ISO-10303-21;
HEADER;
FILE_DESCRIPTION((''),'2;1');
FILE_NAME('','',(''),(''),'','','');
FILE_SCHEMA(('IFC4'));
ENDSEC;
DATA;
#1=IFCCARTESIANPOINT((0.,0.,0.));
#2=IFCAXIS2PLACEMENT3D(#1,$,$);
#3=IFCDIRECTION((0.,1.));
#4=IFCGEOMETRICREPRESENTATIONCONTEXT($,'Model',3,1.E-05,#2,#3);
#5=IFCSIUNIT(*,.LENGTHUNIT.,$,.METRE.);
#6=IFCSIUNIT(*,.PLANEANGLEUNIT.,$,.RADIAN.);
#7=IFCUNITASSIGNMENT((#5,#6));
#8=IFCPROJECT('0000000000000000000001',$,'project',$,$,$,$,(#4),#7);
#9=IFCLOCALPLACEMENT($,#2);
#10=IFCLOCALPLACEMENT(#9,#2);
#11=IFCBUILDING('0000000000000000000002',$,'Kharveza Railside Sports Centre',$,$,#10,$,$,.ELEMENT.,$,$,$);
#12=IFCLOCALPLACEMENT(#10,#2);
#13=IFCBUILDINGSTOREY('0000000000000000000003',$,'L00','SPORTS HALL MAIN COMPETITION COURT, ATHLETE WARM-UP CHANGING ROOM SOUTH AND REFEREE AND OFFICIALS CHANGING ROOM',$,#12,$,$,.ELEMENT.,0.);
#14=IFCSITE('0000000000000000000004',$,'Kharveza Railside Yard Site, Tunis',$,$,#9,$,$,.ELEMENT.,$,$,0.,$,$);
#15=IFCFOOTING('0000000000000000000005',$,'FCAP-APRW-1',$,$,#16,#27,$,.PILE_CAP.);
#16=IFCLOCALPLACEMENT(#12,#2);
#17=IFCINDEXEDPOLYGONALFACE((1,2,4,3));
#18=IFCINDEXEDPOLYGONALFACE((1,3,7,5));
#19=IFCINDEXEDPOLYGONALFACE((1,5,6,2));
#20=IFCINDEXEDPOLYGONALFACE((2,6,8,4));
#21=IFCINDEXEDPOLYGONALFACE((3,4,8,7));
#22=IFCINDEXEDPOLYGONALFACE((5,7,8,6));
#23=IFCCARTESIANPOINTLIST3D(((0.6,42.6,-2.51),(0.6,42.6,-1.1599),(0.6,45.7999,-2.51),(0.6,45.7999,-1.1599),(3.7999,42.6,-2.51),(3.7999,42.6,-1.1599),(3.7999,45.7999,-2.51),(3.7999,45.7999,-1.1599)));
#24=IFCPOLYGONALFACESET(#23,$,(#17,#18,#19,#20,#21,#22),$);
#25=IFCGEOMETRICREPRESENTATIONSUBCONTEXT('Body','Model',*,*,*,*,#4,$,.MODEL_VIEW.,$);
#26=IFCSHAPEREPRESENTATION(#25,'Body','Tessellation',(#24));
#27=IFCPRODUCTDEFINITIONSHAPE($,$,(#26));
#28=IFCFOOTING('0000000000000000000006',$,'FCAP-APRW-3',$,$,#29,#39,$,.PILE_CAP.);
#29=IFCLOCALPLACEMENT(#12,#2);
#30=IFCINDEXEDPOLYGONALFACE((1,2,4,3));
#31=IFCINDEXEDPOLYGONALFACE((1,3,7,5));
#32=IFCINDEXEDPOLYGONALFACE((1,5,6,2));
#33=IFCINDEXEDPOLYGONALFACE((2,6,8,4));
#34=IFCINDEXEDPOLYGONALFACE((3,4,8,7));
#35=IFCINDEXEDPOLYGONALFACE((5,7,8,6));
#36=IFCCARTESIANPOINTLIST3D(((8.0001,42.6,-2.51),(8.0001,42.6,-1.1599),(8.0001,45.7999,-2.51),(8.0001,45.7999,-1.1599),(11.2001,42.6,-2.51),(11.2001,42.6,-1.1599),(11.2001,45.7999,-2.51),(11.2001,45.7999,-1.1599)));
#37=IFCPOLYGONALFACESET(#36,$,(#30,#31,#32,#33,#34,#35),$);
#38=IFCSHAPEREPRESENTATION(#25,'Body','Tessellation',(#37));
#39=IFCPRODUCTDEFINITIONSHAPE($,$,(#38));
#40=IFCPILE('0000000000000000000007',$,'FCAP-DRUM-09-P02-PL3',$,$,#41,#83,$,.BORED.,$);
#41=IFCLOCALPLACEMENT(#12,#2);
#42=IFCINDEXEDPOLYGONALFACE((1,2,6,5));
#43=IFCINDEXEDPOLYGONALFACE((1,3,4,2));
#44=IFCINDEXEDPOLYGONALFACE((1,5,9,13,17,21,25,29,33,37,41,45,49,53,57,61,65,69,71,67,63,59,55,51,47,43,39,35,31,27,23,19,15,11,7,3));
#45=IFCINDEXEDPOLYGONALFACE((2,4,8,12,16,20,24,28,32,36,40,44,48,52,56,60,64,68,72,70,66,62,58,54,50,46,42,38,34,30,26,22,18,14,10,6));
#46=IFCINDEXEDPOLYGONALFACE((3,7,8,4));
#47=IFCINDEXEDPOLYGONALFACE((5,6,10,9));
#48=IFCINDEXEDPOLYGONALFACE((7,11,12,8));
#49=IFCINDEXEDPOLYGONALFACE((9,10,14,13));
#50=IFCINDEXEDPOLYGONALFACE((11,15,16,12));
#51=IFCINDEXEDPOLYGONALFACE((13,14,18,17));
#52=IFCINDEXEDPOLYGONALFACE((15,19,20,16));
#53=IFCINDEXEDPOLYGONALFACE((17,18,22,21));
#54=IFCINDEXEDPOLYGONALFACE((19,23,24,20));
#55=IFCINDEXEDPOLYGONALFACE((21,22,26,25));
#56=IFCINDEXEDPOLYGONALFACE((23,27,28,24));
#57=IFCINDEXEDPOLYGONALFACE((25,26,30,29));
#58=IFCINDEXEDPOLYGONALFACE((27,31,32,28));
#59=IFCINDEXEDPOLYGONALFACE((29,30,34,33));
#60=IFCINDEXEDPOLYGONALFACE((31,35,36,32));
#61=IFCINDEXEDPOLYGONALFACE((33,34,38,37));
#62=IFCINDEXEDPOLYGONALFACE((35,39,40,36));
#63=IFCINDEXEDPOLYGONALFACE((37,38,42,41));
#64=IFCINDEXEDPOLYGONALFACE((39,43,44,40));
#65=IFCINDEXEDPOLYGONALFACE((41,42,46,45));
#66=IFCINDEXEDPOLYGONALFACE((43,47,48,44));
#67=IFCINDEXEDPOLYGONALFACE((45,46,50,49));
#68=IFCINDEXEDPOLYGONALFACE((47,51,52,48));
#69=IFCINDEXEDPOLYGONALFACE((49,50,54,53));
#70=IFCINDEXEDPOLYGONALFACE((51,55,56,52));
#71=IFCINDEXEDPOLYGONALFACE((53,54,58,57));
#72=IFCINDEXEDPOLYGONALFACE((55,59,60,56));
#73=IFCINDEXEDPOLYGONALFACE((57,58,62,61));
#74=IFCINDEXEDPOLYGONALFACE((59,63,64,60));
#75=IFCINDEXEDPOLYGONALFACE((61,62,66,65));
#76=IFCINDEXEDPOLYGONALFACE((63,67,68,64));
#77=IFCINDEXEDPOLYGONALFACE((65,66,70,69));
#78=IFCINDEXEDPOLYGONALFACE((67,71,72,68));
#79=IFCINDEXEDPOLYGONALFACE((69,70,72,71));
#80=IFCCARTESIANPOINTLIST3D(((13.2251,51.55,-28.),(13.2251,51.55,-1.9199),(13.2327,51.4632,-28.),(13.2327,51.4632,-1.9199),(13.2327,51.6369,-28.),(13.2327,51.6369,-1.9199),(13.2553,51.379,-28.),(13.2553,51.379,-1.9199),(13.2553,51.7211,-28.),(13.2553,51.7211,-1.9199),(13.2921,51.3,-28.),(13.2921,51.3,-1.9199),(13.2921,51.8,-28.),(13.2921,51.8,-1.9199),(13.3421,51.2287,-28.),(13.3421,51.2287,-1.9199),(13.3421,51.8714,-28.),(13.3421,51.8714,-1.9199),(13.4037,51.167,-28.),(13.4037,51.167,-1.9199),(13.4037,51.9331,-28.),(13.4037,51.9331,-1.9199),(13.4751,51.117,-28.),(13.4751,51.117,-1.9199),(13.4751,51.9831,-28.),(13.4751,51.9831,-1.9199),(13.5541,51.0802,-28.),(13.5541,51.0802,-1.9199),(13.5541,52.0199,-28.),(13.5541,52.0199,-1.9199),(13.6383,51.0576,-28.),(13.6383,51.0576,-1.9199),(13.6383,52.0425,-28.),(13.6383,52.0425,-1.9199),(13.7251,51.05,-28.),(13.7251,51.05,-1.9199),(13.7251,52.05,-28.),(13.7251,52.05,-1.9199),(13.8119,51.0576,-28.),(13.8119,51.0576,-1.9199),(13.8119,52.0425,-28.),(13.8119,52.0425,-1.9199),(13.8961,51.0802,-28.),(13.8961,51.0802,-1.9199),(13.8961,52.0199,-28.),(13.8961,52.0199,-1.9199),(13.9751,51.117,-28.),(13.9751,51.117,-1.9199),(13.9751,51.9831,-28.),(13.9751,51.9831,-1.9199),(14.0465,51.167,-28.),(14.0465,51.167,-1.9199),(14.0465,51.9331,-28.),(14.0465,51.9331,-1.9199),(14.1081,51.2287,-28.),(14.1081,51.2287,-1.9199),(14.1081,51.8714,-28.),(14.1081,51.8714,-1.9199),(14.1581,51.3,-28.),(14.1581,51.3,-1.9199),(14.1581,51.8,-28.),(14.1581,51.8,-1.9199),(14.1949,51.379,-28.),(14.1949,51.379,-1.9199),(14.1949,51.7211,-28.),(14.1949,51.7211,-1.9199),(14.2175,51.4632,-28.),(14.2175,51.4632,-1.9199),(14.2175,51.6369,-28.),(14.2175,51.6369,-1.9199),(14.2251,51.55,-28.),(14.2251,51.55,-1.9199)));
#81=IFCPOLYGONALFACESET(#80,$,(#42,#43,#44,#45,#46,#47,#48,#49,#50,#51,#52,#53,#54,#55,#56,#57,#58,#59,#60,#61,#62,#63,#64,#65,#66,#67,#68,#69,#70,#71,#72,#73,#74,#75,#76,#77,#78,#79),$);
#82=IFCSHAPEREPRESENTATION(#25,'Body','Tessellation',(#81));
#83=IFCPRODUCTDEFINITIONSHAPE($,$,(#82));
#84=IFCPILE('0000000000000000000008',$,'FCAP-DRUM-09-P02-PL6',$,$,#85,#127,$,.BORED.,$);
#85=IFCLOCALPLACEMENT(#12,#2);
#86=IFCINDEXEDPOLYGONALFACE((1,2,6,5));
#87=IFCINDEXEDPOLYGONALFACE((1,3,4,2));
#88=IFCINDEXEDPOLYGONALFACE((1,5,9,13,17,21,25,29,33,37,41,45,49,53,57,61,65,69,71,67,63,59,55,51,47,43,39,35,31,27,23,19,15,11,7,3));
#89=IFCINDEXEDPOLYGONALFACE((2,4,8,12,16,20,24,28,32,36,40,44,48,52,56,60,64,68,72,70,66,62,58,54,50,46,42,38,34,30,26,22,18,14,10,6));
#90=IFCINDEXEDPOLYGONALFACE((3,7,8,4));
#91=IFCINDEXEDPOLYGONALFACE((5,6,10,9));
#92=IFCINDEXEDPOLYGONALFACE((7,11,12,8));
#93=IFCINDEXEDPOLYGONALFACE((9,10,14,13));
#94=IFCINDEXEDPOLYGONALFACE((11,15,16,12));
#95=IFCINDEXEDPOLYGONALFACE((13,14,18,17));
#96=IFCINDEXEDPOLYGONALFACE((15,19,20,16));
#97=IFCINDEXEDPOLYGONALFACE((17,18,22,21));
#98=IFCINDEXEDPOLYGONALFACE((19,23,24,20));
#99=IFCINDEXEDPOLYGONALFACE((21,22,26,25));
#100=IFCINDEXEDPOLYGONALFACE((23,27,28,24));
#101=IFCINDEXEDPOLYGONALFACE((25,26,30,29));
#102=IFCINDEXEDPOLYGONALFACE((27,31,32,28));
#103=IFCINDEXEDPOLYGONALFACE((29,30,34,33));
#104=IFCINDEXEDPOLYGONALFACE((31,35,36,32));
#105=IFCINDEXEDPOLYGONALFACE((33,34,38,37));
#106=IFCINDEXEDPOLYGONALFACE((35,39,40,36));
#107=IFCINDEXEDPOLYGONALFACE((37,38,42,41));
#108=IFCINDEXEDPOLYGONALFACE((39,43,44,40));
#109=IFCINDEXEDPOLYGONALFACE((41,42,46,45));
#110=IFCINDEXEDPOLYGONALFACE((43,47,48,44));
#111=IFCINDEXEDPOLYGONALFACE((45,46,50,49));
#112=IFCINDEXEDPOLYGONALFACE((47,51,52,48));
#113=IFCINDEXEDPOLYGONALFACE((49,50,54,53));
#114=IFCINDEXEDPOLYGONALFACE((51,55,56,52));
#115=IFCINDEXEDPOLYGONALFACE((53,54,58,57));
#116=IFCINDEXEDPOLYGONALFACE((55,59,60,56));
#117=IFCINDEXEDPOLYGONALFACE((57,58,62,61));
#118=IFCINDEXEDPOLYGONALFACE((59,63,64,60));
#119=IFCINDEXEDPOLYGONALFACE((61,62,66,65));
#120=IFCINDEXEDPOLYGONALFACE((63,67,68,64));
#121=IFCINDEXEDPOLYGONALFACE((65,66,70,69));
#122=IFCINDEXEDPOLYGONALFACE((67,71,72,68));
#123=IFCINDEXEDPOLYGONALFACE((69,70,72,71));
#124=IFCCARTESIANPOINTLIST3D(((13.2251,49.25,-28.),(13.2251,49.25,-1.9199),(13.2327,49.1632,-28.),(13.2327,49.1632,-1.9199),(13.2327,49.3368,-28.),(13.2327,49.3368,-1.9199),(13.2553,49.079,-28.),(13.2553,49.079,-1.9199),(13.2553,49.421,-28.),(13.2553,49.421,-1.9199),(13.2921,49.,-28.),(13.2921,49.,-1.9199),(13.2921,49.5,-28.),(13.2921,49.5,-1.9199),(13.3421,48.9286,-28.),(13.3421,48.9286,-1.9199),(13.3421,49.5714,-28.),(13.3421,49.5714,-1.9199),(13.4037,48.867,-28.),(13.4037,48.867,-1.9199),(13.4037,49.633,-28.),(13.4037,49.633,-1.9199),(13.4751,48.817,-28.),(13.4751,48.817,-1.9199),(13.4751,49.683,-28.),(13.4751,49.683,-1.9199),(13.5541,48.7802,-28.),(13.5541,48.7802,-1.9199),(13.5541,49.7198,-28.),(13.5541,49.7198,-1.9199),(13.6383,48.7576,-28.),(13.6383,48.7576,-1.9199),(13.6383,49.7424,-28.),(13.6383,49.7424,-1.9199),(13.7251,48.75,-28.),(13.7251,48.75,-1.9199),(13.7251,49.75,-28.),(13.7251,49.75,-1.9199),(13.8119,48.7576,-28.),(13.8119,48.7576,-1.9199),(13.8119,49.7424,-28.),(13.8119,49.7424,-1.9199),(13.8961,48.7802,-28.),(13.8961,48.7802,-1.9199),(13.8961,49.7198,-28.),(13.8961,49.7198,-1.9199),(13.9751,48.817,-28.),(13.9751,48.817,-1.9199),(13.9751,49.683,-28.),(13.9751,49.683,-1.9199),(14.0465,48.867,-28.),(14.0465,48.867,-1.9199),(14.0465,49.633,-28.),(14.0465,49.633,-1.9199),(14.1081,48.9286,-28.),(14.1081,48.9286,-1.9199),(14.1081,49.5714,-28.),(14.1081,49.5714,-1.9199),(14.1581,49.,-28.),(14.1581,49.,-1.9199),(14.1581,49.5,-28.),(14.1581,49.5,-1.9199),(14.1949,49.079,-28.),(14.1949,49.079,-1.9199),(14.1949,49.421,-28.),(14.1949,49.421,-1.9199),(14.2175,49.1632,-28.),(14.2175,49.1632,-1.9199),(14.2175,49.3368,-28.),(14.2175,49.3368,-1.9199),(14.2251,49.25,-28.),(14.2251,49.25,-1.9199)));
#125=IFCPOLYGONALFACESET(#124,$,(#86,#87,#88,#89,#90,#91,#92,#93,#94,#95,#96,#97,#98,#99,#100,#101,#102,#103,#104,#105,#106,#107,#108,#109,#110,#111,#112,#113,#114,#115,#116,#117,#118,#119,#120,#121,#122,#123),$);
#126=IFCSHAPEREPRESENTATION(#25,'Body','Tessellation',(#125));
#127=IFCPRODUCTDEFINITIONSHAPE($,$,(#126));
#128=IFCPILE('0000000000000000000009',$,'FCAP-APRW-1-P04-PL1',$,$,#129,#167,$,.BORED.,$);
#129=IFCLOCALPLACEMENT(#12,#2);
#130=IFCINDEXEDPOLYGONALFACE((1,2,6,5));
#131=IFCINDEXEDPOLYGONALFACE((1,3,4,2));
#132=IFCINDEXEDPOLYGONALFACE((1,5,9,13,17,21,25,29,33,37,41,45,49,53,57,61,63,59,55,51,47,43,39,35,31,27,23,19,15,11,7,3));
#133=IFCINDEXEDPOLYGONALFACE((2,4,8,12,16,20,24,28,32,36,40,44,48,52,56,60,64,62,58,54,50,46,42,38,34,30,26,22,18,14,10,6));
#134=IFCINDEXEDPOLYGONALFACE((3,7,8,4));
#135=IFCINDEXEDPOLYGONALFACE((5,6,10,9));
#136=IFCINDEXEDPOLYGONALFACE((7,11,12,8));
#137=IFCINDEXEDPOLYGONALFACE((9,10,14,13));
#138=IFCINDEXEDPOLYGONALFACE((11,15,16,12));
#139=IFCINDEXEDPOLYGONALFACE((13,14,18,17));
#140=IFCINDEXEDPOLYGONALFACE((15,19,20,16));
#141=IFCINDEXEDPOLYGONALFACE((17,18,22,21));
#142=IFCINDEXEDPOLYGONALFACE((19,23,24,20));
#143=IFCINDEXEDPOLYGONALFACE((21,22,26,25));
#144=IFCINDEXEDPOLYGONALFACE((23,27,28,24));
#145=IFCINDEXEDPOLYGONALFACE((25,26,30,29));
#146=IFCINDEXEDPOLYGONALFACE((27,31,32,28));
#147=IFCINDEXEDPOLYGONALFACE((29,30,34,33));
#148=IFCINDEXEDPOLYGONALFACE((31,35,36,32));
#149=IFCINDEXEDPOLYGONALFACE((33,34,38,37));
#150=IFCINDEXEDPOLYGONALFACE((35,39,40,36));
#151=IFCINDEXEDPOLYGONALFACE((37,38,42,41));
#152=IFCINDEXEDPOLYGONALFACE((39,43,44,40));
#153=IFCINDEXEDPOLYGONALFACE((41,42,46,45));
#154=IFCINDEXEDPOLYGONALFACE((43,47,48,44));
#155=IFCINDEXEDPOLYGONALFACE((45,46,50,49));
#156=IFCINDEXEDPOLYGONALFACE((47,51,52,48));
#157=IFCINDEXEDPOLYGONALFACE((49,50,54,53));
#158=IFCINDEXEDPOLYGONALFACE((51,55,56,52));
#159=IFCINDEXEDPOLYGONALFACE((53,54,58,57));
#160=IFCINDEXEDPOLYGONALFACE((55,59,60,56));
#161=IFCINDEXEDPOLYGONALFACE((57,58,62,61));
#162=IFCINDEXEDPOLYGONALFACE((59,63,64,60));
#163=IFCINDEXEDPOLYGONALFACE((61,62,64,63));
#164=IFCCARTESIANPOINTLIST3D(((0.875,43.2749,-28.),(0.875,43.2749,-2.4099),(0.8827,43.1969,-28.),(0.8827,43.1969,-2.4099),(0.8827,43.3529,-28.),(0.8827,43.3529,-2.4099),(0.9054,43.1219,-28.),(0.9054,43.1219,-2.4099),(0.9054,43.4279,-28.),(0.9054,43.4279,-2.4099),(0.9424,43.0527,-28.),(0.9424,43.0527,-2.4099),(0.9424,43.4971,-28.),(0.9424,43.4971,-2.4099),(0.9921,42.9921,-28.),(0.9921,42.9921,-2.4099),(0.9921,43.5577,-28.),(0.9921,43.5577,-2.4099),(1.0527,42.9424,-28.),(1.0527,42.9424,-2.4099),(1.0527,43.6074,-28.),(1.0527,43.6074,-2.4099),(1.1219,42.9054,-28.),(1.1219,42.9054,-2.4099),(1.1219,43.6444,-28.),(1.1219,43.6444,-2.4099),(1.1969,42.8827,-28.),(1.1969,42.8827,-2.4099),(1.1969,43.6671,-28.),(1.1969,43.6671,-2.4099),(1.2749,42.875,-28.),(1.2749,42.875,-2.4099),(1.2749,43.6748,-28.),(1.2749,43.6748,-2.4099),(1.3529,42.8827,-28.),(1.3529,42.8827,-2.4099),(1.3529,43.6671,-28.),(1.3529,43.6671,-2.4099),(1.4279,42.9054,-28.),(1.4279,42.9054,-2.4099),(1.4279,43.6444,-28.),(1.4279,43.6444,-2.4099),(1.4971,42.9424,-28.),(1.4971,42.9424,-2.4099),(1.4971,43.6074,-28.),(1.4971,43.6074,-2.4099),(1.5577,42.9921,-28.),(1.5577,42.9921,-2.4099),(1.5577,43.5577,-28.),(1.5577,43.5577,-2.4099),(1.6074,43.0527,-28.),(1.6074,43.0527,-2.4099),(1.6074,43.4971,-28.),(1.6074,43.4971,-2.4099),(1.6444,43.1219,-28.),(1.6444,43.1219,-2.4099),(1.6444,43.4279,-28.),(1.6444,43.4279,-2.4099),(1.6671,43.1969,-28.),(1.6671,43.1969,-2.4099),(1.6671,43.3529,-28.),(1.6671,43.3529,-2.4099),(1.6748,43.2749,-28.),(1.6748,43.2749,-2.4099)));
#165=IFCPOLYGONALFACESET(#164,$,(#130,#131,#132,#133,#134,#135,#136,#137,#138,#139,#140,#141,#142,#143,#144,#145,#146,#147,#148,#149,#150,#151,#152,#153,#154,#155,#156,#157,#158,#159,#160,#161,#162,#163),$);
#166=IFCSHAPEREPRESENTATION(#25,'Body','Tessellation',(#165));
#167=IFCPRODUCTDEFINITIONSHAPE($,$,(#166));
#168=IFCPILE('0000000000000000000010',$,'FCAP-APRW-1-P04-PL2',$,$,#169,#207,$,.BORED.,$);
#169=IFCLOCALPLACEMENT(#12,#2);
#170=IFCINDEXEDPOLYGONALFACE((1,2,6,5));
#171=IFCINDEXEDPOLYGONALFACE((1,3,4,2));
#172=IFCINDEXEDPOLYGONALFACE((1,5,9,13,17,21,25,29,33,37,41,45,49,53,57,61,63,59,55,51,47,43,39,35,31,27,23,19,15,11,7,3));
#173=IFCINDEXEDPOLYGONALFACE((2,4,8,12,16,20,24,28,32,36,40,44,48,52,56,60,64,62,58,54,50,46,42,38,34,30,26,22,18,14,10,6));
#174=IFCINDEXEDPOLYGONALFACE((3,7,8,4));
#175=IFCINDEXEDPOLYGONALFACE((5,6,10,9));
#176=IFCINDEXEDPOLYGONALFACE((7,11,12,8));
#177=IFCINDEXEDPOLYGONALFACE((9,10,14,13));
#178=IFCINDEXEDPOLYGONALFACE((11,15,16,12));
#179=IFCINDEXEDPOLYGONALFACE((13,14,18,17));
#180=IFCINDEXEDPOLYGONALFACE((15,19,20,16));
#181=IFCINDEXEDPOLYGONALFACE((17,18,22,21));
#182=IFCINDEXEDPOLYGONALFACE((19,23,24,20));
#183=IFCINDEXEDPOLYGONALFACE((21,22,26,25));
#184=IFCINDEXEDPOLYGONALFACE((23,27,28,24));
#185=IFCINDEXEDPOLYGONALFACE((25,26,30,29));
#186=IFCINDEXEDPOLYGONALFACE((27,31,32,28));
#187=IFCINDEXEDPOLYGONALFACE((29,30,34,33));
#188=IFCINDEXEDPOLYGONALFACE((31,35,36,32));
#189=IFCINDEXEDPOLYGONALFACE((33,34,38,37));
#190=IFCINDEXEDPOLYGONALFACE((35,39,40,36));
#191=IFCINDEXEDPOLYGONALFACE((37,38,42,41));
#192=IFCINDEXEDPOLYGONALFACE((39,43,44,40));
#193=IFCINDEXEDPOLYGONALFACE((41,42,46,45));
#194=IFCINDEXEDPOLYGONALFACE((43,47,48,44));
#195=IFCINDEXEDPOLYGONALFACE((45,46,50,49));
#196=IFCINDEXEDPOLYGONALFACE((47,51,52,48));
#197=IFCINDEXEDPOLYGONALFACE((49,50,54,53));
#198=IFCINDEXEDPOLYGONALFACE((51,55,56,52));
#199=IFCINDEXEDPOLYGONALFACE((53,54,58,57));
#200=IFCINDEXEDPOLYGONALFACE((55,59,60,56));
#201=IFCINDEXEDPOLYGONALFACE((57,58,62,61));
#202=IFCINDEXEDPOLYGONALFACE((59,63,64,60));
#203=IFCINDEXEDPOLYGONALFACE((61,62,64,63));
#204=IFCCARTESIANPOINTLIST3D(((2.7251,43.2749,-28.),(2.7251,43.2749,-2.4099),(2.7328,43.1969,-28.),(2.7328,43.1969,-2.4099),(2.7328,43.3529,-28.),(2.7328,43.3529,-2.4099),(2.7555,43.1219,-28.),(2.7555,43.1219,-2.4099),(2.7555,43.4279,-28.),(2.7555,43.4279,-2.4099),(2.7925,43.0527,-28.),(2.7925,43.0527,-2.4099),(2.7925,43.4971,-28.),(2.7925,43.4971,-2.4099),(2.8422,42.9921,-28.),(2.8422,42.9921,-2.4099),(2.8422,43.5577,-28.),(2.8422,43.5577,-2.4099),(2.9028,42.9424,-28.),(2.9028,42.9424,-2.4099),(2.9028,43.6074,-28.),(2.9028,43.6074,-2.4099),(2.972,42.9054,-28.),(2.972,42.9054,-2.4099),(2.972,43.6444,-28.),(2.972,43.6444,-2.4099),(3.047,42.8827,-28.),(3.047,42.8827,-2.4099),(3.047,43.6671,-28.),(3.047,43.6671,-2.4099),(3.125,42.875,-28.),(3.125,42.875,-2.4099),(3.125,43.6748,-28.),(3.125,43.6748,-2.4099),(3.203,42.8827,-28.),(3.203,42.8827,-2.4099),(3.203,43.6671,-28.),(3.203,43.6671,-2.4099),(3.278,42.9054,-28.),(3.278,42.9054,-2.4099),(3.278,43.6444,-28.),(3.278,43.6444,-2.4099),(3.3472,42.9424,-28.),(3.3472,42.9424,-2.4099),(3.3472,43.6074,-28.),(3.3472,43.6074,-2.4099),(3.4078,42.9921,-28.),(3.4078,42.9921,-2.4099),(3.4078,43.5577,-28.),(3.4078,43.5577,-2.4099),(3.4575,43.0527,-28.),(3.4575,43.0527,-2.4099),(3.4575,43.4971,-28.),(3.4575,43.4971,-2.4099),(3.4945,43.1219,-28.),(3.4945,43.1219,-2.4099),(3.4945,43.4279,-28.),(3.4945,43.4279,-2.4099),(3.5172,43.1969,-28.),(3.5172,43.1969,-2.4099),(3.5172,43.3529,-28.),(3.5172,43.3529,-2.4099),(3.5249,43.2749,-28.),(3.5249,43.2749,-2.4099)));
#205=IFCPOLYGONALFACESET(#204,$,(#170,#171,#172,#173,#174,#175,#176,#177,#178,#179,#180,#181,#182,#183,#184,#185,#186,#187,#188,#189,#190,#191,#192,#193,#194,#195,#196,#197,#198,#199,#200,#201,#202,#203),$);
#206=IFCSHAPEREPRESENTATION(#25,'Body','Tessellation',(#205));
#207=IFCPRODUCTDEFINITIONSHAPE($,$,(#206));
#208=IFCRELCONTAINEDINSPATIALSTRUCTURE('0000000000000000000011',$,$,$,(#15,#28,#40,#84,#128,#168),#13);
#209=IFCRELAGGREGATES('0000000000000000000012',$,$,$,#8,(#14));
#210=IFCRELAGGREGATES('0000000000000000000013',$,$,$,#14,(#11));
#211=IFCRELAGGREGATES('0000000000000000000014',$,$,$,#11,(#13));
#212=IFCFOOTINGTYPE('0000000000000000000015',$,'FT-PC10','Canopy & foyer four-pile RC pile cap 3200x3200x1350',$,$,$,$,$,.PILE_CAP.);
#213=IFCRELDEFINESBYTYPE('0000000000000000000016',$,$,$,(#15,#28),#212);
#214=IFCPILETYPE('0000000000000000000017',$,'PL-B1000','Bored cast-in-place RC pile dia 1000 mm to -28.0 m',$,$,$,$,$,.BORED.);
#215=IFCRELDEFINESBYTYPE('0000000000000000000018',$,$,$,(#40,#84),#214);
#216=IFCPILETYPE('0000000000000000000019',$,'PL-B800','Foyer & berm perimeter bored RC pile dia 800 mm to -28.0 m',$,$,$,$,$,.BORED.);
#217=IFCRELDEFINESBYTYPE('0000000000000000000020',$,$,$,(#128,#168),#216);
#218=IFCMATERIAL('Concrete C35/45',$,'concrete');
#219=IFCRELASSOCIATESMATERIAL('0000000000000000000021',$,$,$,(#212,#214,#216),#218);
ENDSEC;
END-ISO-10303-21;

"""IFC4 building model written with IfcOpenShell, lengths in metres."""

from ifc_helpers import new_model, si_unit, direction, frame, origin, origin_2d, place, context, subcontext, project, spatial, rectangle, circle, extrude, material, material_profile, profile_set, type_object, element, save


model = new_model("IFC4")

# Units and contexts
model_context = context("Model", 3, precision=1e-05, world=origin(), true_north=direction((0.0, 1.0)))
body_context = subcontext(model_context, "Body", "Model", "MODEL_VIEW")
ifc_project = project(units=[si_unit("LENGTHUNIT", "METRE"), si_unit("PLANEANGLEUNIT", "RADIAN")], contexts=[model_context])

# Site, building, storey
site_placement = place(None, origin())
site = spatial("IfcSite", under=ifc_project, at=site_placement, Name="Kharveza Railside Yard Site, Tunis", CompositionType="ELEMENT", RefElevation=0.0)
building_placement = place(site_placement, origin())
building = spatial("IfcBuilding", under=site, at=building_placement, Name="Kharveza Railside Sports Centre", CompositionType="ELEMENT")
storey_placement = place(building_placement, origin())
storey = spatial("IfcBuildingStorey", under=building, at=storey_placement, Name="L00", Description="SPORTS HALL MAIN COMPETITION COURT, ATHLETE WARM-UP CHANGING ROOM SOUTH AND REFEREE AND OFFICIALS CHANGING ROOM", CompositionType="ELEMENT", Elevation=0.0)

# Footings
ifc_material_1 = material(Name="Concrete C35/45", Category="concrete")
footing_type = type_object("IfcFootingType", Name="FT-PC10", Description="Canopy & foyer four-pile RC pile cap 3200x3200x1350", PredefinedType="PILE_CAP", material=ifc_material_1)
for number, where, z_axis, x_axis, name in (
    (1, (2.2, 44.2, -2.51), (0.0, 0.0, 1.0), (1.0, 0.0, 0.0), "FCAP-APRW-1"),
    (2, (9.6001, 44.2, -2.51), (0.0, 0.0, 1.0), (1.0, 0.0, 0.0), "FCAP-APRW-3"),
):
    element("IfcFooting", number, at=place(storey_placement, frame(where, z_axis=z_axis, x_axis=x_axis)), inside=storey, type_object=footing_type, Name=name, PredefinedType="PILE_CAP", context=body_context, shape_type="SweptSolid", body=[
        extrude(rectangle(XDim=3.2, YDim=3.2, at=origin_2d()), origin(), (0.0, 0.0, 1.0), 1.3501),
    ])

# Piles
ifc_material_profile_1 = material_profile(ifc_material_1, circle(Radius=0.5, at=origin_2d()), Name="PILE D1000")
ifc_profile_set_1 = profile_set([ifc_material_profile_1], Name="Concrete C35/45")
pile_type_1 = type_object("IfcPileType", Name="PL-B1000", Description="Bored cast-in-place RC pile dia 1000 mm to -28.0 m", PredefinedType="BORED", material=ifc_profile_set_1)
for number, where, z_axis, x_axis, name in (
    (3, (13.7251, 51.55, -1.9199), (0.0, 0.0, -1.0), (1.0, 0.0, 0.0), "FCAP-DRUM-09-P02-PL3"),
    (4, (13.7251, 49.25, -1.9199), (0.0, 0.0, -1.0), (1.0, 0.0, 0.0), "FCAP-DRUM-09-P02-PL6"),
):
    element("IfcPile", number, at=place(storey_placement, frame(where, z_axis=z_axis, x_axis=x_axis)), inside=storey, type_object=pile_type_1, Name=name, PredefinedType="BORED", context=body_context, shape_type="SweptSolid", body=[
        extrude(circle(Radius=0.5, at=origin_2d()), origin(), (0.0, 0.0, 1.0), 26.0801),
    ])
ifc_material_profile_2 = material_profile(ifc_material_1, circle(Radius=0.3999, at=origin_2d()), Name="PILE D800")
ifc_profile_set_2 = profile_set([ifc_material_profile_2], Name="Concrete C35/45")
pile_type_2 = type_object("IfcPileType", Name="PL-B800", Description="Foyer & berm perimeter bored RC pile dia 800 mm to -28.0 m", PredefinedType="BORED", material=ifc_profile_set_2)
for number, where, z_axis, x_axis, name in (
    (5, (1.2749, 43.2749, -2.4099), (0.0, 0.0, -1.0), (1.0, 0.0, 0.0), "FCAP-APRW-1-P04-PL1"),
    (6, (3.125, 43.2749, -2.4099), (0.0, 0.0, -1.0), (1.0, 0.0, 0.0), "FCAP-APRW-1-P04-PL2"),
):
    element("IfcPile", number, at=place(storey_placement, frame(where, z_axis=z_axis, x_axis=x_axis)), inside=storey, type_object=pile_type_2, Name=name, PredefinedType="BORED", context=body_context, shape_type="SweptSolid", body=[
        extrude(circle(Radius=0.3999, at=origin_2d()), origin(), (0.0, 0.0, 1.0), 25.5901),
    ])

save(model, "model.ifc")
